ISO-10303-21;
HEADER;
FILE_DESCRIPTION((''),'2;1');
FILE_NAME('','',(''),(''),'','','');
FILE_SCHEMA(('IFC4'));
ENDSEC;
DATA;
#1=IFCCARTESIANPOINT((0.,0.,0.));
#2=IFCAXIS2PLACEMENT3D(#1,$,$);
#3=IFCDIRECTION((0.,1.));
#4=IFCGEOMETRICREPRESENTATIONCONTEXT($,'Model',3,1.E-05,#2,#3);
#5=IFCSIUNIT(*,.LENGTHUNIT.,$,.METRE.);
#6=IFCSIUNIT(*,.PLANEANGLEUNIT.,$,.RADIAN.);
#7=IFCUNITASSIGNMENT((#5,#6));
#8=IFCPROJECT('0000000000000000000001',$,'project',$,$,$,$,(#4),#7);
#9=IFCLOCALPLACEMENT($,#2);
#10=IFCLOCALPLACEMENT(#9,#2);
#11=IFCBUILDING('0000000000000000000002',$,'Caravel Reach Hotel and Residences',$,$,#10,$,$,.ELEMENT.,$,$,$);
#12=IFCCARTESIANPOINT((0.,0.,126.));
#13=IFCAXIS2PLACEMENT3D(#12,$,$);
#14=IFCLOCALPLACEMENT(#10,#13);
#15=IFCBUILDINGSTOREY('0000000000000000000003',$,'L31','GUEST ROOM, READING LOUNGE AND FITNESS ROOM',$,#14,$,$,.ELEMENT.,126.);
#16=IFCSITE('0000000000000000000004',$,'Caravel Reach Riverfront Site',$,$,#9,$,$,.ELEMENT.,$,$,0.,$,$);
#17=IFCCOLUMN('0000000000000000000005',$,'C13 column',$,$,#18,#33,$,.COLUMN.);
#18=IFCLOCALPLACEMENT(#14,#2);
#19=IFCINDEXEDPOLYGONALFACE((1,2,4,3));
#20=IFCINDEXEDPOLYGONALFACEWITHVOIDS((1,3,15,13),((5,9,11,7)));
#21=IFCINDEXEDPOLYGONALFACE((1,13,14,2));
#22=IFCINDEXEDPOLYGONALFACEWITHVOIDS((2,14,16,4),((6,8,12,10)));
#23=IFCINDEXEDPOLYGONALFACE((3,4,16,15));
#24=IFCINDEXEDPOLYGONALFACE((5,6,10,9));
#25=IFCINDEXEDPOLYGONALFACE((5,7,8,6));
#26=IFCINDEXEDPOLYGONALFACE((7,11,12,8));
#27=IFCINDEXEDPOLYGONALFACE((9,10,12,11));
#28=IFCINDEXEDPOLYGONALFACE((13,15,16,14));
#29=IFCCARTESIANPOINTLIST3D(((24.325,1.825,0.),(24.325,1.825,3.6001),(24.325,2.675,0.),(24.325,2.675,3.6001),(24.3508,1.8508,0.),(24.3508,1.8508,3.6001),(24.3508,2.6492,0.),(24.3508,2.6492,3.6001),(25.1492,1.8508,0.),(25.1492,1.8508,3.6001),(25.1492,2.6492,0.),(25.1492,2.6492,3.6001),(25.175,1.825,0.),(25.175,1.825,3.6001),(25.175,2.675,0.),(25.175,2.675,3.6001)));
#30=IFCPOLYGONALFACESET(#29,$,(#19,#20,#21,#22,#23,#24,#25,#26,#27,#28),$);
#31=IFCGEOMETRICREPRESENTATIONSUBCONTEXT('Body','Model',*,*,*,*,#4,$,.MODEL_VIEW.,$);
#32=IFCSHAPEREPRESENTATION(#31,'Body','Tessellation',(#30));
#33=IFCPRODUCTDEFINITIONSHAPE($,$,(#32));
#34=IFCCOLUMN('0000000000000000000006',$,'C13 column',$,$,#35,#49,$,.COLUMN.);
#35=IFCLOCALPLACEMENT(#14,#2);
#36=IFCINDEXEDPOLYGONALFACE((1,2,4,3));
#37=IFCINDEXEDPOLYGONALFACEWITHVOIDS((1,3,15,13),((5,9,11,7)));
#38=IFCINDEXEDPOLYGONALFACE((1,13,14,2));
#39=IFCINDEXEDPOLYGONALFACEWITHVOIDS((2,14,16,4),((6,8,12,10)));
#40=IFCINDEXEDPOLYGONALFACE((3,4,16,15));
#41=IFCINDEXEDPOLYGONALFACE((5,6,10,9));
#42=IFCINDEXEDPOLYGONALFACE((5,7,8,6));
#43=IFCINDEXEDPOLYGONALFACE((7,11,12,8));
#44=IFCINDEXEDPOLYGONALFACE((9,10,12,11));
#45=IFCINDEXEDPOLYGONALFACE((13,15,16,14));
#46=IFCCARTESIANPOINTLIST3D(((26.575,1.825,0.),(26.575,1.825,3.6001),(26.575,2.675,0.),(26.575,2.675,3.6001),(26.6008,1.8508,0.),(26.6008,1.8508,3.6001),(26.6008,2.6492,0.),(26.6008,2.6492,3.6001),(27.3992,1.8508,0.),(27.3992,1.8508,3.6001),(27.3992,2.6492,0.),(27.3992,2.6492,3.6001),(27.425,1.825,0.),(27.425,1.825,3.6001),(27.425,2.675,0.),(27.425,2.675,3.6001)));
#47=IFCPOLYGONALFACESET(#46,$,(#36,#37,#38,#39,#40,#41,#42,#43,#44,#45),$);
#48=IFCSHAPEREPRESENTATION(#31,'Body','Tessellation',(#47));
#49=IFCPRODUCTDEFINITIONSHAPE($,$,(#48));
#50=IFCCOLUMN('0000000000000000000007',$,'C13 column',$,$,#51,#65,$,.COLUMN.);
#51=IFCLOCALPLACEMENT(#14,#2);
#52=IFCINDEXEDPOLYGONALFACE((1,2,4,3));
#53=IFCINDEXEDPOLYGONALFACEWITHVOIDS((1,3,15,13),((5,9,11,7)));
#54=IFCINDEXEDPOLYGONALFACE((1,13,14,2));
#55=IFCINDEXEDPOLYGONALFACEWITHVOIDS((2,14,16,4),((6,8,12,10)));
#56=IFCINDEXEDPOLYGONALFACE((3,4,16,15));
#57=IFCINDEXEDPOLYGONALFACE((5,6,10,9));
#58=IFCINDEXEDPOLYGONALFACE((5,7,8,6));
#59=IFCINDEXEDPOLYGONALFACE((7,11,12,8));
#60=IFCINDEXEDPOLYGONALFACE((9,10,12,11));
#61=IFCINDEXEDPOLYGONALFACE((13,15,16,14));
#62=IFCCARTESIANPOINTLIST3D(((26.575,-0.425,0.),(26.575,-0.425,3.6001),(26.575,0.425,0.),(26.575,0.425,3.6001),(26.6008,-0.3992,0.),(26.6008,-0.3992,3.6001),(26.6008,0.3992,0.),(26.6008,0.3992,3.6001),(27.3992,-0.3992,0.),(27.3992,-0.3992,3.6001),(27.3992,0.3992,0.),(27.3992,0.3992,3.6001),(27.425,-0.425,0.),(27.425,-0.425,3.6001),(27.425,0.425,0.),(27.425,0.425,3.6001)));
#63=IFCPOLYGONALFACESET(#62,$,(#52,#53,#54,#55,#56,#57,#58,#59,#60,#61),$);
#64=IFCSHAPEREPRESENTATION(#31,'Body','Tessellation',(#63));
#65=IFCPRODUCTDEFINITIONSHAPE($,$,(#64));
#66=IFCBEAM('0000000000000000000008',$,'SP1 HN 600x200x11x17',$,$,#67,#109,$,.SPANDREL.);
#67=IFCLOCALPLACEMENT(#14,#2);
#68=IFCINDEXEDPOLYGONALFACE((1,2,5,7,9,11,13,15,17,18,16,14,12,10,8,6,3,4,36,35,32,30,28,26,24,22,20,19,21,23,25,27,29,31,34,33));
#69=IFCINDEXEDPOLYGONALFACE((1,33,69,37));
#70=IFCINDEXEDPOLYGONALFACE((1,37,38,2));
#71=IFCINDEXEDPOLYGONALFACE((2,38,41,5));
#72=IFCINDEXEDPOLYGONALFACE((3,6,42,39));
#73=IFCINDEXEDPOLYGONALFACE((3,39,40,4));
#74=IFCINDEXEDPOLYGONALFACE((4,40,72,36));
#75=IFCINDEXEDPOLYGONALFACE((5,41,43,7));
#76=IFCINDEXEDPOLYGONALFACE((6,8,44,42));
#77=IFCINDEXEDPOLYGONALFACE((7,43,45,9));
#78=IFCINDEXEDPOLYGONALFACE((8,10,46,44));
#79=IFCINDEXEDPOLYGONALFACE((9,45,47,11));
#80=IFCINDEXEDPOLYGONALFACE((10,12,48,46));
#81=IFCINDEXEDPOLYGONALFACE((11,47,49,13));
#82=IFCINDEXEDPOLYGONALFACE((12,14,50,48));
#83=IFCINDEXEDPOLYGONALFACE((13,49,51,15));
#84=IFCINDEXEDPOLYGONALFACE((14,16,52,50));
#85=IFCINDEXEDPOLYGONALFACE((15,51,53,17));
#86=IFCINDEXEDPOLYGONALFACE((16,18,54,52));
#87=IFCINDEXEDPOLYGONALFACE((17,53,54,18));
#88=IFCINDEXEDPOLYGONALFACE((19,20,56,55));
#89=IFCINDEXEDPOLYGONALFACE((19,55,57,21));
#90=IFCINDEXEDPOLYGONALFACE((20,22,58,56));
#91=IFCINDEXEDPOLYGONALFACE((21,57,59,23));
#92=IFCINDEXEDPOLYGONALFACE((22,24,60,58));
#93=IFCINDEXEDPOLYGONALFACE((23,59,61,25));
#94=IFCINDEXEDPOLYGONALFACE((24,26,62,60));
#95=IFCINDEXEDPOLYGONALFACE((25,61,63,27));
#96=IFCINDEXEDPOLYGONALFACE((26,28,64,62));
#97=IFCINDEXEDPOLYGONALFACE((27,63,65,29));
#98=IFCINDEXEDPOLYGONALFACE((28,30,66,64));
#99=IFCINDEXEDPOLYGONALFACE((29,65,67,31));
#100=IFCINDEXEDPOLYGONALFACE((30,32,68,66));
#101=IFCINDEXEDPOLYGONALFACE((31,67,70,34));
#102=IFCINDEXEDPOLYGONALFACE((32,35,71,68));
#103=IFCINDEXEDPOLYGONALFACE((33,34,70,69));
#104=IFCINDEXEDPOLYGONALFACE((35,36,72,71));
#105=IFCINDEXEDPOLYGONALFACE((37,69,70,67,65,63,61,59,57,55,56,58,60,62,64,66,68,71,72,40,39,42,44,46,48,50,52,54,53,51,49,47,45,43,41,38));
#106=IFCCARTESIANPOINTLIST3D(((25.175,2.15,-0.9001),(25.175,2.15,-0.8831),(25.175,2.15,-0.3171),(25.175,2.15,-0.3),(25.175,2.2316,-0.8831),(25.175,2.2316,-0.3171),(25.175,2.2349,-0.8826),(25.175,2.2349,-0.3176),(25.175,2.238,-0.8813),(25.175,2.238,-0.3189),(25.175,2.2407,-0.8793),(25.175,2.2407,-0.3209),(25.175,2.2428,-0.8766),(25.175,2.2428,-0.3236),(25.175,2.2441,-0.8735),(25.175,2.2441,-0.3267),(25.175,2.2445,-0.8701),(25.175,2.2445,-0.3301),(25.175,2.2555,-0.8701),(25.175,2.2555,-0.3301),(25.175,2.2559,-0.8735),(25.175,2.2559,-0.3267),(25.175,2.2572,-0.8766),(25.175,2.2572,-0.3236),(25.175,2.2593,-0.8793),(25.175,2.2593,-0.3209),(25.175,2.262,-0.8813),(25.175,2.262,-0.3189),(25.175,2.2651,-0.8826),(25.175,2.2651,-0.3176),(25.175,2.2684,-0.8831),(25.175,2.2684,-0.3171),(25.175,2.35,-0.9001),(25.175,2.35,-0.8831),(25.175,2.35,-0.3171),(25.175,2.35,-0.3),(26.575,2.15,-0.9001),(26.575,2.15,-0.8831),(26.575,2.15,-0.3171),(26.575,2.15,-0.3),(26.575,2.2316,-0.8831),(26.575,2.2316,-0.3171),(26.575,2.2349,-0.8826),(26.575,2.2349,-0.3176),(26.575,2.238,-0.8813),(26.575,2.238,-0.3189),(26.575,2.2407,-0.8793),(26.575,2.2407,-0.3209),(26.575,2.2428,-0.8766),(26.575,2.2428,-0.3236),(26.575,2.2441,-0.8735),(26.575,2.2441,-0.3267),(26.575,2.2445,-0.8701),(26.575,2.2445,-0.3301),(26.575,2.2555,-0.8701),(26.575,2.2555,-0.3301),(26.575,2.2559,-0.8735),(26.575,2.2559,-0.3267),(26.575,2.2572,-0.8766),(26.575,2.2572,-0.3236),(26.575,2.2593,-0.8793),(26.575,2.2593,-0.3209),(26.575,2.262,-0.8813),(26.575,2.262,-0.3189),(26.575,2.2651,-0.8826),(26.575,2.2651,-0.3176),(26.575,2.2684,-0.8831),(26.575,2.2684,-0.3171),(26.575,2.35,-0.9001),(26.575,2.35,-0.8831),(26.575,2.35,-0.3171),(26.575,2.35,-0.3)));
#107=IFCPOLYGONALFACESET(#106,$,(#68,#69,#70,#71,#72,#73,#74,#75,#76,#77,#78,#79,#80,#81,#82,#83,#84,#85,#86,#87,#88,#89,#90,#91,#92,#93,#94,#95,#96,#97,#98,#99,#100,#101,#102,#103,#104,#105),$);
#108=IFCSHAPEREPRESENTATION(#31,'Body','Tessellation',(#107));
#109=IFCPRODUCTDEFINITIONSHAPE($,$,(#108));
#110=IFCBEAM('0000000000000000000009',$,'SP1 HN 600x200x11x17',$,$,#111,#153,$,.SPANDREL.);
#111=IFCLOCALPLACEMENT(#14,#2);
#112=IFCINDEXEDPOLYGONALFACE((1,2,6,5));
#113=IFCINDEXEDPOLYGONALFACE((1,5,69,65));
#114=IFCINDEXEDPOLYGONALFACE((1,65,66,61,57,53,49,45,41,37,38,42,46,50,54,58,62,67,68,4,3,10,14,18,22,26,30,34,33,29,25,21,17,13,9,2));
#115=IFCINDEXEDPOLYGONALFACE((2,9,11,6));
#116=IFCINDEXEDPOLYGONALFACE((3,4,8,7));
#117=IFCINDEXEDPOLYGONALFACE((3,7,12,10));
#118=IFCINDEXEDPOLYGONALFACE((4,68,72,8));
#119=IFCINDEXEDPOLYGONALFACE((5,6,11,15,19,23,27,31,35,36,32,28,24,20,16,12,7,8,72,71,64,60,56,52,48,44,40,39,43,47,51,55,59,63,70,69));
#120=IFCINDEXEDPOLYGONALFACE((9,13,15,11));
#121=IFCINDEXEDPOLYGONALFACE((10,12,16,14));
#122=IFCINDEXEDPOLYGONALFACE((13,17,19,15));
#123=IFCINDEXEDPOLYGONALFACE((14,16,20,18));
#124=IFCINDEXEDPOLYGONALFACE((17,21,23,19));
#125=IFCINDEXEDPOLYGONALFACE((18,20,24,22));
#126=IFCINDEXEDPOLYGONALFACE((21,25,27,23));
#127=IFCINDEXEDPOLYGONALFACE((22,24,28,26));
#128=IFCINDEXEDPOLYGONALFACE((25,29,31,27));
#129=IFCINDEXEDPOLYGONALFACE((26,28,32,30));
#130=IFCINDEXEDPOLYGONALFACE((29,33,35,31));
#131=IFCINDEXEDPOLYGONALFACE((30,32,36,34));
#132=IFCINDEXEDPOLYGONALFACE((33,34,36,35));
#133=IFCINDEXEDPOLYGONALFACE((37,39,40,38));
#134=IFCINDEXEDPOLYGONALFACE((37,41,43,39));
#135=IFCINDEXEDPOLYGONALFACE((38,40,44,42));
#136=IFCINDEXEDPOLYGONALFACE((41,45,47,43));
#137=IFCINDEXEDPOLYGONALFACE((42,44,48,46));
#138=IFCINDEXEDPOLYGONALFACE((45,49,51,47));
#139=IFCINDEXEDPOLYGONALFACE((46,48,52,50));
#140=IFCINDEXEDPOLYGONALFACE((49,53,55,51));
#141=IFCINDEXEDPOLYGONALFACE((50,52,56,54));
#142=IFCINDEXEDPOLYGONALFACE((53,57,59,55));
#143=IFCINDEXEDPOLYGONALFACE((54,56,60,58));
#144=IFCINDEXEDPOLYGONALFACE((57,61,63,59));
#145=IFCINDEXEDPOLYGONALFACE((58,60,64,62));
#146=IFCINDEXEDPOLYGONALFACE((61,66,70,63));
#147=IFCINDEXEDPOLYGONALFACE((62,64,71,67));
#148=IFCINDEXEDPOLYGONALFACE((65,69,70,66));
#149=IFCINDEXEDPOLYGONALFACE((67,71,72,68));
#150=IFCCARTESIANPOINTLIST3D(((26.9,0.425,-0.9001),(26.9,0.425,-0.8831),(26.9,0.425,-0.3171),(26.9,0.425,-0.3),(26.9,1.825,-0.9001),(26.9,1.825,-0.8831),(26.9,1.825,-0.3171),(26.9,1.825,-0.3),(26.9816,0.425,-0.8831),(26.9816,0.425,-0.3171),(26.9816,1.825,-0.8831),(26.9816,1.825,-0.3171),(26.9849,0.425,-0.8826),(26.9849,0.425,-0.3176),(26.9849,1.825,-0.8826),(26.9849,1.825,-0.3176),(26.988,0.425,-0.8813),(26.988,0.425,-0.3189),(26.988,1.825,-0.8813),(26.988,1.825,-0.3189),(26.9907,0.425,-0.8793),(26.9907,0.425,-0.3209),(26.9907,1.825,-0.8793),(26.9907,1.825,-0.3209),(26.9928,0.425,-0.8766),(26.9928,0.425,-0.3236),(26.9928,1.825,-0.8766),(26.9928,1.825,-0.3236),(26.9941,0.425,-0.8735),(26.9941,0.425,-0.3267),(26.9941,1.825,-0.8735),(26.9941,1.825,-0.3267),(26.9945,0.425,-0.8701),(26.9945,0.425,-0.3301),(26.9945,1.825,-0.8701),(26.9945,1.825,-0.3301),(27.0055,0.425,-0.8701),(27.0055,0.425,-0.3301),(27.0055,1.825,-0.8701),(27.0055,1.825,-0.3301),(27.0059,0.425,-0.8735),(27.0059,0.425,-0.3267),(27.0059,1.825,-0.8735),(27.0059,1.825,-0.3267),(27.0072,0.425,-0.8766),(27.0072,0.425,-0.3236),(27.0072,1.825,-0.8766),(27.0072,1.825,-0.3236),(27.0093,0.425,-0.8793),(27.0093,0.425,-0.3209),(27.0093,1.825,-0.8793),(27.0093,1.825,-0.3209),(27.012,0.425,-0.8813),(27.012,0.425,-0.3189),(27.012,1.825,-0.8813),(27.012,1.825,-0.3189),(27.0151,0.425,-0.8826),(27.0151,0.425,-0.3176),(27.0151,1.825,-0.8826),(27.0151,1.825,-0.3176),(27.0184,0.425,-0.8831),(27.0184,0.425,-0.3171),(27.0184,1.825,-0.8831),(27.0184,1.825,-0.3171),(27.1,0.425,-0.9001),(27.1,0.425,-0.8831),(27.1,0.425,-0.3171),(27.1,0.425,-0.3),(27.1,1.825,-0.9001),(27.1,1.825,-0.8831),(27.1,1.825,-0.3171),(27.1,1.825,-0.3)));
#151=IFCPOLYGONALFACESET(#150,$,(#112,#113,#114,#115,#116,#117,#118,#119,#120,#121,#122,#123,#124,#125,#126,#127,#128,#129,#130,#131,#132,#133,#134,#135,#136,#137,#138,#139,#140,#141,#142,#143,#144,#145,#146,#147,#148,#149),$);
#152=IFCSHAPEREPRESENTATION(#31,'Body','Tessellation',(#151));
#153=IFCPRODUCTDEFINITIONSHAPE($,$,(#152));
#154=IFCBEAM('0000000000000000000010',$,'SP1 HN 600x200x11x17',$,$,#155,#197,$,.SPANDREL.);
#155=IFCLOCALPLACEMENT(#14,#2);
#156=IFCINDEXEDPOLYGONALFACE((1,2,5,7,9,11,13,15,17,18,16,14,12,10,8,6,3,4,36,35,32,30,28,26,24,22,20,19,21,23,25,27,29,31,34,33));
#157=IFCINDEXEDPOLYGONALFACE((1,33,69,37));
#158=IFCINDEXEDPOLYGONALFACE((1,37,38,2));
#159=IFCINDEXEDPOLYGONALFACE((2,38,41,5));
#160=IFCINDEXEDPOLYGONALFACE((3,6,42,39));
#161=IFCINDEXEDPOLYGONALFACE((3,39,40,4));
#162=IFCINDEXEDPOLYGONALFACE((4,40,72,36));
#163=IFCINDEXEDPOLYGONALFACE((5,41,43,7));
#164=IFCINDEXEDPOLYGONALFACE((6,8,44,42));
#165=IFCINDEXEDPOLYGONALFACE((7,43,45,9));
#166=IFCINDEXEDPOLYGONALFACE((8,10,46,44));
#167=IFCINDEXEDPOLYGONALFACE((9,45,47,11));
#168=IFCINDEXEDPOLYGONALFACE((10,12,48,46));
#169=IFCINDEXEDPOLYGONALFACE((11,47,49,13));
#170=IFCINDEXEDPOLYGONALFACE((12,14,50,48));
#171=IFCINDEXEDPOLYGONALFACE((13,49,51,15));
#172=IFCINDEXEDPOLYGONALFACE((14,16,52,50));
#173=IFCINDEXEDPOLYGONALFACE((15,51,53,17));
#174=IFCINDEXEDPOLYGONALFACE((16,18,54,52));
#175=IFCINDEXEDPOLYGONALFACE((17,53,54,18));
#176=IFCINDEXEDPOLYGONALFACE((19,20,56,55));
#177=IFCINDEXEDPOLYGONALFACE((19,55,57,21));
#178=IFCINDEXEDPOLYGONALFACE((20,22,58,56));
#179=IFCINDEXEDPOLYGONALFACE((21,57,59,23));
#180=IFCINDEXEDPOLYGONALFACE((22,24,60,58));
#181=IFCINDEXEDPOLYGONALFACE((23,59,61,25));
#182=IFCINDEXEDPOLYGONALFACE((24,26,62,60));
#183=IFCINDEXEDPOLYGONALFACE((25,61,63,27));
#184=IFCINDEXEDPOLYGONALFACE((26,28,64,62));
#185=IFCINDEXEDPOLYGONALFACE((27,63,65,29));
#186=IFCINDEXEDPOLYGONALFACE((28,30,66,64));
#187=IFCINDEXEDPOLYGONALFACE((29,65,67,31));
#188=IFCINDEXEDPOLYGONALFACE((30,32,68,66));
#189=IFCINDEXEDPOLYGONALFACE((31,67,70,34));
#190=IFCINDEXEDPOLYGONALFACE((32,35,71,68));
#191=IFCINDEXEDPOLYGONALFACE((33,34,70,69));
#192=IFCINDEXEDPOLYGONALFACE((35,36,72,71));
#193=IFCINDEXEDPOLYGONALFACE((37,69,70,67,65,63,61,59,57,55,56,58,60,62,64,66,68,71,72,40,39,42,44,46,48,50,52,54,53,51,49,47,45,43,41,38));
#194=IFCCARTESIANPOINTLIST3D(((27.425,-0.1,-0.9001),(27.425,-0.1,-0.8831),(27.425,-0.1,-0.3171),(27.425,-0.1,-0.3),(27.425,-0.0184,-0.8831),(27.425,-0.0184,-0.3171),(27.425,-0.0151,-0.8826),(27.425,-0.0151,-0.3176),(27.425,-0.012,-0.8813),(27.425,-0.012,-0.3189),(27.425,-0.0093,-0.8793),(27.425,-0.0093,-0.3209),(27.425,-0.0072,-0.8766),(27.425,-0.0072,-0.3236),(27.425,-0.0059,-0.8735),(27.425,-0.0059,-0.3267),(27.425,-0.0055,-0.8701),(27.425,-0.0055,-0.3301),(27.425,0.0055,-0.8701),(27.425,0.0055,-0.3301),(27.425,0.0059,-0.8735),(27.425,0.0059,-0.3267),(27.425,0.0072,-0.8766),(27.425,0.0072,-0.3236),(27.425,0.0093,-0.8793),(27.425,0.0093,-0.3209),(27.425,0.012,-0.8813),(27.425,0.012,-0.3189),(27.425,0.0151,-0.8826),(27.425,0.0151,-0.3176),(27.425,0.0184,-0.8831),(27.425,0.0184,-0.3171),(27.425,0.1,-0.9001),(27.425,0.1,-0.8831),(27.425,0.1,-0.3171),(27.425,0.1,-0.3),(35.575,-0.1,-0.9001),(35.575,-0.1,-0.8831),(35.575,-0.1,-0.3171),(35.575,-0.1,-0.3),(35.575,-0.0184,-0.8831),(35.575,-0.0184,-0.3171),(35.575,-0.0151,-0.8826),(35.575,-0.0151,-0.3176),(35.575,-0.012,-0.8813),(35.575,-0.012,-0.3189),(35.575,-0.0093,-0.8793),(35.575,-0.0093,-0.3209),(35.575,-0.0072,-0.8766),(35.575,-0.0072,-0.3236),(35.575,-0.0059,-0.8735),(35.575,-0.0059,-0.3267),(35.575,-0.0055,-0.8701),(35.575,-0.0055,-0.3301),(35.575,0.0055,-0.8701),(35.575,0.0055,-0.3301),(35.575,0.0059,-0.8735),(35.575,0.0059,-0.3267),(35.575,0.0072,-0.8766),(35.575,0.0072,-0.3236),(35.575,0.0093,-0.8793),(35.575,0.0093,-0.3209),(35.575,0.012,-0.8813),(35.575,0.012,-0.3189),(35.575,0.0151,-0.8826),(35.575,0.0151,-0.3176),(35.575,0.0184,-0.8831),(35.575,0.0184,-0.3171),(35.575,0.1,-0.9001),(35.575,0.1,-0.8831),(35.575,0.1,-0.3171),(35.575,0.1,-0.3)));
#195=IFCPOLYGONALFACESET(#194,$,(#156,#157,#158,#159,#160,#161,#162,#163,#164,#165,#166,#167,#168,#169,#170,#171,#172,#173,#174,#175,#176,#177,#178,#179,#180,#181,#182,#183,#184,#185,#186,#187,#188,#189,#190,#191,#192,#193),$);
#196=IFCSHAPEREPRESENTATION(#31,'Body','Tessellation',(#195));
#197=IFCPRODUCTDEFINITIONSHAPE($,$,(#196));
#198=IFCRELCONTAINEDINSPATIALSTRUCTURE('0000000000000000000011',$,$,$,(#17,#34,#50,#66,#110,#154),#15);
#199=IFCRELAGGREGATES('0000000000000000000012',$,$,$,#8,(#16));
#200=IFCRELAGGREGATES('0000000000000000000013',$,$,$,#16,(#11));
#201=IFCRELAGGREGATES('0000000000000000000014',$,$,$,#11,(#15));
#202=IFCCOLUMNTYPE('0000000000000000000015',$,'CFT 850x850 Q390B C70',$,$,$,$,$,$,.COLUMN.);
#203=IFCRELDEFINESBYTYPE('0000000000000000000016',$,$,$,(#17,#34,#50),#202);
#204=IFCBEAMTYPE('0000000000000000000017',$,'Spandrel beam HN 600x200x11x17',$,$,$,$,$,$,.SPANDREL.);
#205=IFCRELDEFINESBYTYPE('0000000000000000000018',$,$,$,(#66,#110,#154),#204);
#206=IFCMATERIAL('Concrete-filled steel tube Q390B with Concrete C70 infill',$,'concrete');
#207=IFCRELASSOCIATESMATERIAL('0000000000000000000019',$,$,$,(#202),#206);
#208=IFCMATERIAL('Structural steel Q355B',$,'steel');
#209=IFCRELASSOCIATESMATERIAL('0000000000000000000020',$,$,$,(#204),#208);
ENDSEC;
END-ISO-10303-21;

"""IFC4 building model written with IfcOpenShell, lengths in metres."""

from ifc_helpers import new_model, si_unit, direction, frame, origin, origin_2d, place, context, subcontext, project, spatial, hollow_rectangle, i_section, extrude, material, material_profile, profile_set, type_object, element, save


model = new_model("IFC4")

# Units and contexts
model_context = context("Model", 3, precision=1e-05, world=origin(), true_north=direction((0.0, 1.0)))
body_context = subcontext(model_context, "Body", "Model", "MODEL_VIEW")
ifc_project = project(units=[si_unit("LENGTHUNIT", "METRE"), si_unit("PLANEANGLEUNIT", "RADIAN")], contexts=[model_context])

# Site, building, storey
site_placement = place(None, origin())
site = spatial("IfcSite", under=ifc_project, at=site_placement, Name="Caravel Reach Riverfront Site", CompositionType="ELEMENT", RefElevation=0.0)
building_placement = place(site_placement, origin())
building = spatial("IfcBuilding", under=site, at=building_placement, Name="Caravel Reach Hotel and Residences", CompositionType="ELEMENT")
storey_placement = place(building_placement, frame((0.0, 0.0, 126.0)))
storey = spatial("IfcBuildingStorey", under=building, at=storey_placement, Name="L31", Description="GUEST ROOM, READING LOUNGE AND FITNESS ROOM", CompositionType="ELEMENT", Elevation=126.0)

# Columns
ifc_material_1 = material(Name="Concrete-filled steel tube Q390B with Concrete C70 infill", Category="concrete")
ifc_material_profile_1 = material_profile(ifc_material_1, hollow_rectangle(XDim=0.8501, YDim=0.8501, WallThickness=0.0259, at=origin_2d()), Name="RHS 850x850x26")
ifc_profile_set_1 = profile_set([ifc_material_profile_1], Name="Concrete-filled steel tube Q390B with Concrete C70 infill")
column_type = type_object("IfcColumnType", Name="CFT 850x850 Q390B C70", PredefinedType="COLUMN", material=ifc_profile_set_1)
for number, where, z_axis, x_axis, name in (
    (1, (24.75, 2.25, 0.0), (0.0, 0.0, 1.0), (1.0, 0.0, 0.0), "C13 column"),
    (2, (27.0, 2.25, 0.0), (0.0, 0.0, 1.0), (1.0, 0.0, 0.0), "C13 column"),
    (3, (27.0, 0.0, 0.0), (0.0, 0.0, 1.0), (1.0, 0.0, 0.0), "C13 column"),
):
    element("IfcColumn", number, at=place(storey_placement, frame(where, z_axis=z_axis, x_axis=x_axis)), inside=storey, type_object=column_type, Name=name, PredefinedType="COLUMN", context=body_context, shape_type="SweptSolid", body=[
        extrude(hollow_rectangle(XDim=0.8501, YDim=0.8501, WallThickness=0.0259, at=origin_2d()), origin(), (0.0, 0.0, 1.0), 3.6001),
    ])

# Beams
ifc_material_2 = material(Name="Structural steel Q355B", Category="steel")
ifc_material_profile_2 = material_profile(ifc_material_2, i_section(OverallWidth=0.2, OverallDepth=0.6001, WebThickness=0.011, FlangeThickness=0.0171, FilletRadius=0.0129, at=origin_2d()), Name="HN 600x200x11x17")
ifc_profile_set_2 = profile_set([ifc_material_profile_2], Name="Structural steel Q355B")
beam_type = type_object("IfcBeamType", Name="Spandrel beam HN 600x200x11x17", PredefinedType="SPANDREL", material=ifc_profile_set_2)
for number, where, z_axis, x_axis, name in (
    (4, (25.175, 2.25, -0.6001), (1.0, 0.0, 0.0), (0.0, 1.0, 0.0), "SP1 HN 600x200x11x17"),
    (5, (27.0, 1.825, -0.6001), (0.0, -1.0, 0.0), (1.0, 0.0, 0.0), "SP1 HN 600x200x11x17"),
):
    element("IfcBeam", number, at=place(storey_placement, frame(where, z_axis=z_axis, x_axis=x_axis)), inside=storey, type_object=beam_type, Name=name, PredefinedType="SPANDREL", context=body_context, shape_type="SweptSolid", body=[
        extrude(i_section(OverallWidth=0.2, OverallDepth=0.6001, WebThickness=0.011, FlangeThickness=0.0171, FilletRadius=0.0129, at=origin_2d()), origin(), (0.0, 0.0, 1.0), 1.3999),
    ])
beam_placement = place(storey_placement, frame((27.425, 0.0, -0.6001), z_axis=(1.0, 0.0, 0.0), x_axis=(0.0, 1.0, 0.0)))
element("IfcBeam", 6, at=beam_placement, inside=storey, type_object=beam_type, Name="SP1 HN 600x200x11x17", PredefinedType="SPANDREL", context=body_context, shape_type="SweptSolid", body=[
    extrude(i_section(OverallWidth=0.2, OverallDepth=0.6001, WebThickness=0.011, FlangeThickness=0.0171, FilletRadius=0.0129, at=origin_2d()), origin(), (0.0, 0.0, 1.0), 8.1499),
])

save(model, "model.ifc")
